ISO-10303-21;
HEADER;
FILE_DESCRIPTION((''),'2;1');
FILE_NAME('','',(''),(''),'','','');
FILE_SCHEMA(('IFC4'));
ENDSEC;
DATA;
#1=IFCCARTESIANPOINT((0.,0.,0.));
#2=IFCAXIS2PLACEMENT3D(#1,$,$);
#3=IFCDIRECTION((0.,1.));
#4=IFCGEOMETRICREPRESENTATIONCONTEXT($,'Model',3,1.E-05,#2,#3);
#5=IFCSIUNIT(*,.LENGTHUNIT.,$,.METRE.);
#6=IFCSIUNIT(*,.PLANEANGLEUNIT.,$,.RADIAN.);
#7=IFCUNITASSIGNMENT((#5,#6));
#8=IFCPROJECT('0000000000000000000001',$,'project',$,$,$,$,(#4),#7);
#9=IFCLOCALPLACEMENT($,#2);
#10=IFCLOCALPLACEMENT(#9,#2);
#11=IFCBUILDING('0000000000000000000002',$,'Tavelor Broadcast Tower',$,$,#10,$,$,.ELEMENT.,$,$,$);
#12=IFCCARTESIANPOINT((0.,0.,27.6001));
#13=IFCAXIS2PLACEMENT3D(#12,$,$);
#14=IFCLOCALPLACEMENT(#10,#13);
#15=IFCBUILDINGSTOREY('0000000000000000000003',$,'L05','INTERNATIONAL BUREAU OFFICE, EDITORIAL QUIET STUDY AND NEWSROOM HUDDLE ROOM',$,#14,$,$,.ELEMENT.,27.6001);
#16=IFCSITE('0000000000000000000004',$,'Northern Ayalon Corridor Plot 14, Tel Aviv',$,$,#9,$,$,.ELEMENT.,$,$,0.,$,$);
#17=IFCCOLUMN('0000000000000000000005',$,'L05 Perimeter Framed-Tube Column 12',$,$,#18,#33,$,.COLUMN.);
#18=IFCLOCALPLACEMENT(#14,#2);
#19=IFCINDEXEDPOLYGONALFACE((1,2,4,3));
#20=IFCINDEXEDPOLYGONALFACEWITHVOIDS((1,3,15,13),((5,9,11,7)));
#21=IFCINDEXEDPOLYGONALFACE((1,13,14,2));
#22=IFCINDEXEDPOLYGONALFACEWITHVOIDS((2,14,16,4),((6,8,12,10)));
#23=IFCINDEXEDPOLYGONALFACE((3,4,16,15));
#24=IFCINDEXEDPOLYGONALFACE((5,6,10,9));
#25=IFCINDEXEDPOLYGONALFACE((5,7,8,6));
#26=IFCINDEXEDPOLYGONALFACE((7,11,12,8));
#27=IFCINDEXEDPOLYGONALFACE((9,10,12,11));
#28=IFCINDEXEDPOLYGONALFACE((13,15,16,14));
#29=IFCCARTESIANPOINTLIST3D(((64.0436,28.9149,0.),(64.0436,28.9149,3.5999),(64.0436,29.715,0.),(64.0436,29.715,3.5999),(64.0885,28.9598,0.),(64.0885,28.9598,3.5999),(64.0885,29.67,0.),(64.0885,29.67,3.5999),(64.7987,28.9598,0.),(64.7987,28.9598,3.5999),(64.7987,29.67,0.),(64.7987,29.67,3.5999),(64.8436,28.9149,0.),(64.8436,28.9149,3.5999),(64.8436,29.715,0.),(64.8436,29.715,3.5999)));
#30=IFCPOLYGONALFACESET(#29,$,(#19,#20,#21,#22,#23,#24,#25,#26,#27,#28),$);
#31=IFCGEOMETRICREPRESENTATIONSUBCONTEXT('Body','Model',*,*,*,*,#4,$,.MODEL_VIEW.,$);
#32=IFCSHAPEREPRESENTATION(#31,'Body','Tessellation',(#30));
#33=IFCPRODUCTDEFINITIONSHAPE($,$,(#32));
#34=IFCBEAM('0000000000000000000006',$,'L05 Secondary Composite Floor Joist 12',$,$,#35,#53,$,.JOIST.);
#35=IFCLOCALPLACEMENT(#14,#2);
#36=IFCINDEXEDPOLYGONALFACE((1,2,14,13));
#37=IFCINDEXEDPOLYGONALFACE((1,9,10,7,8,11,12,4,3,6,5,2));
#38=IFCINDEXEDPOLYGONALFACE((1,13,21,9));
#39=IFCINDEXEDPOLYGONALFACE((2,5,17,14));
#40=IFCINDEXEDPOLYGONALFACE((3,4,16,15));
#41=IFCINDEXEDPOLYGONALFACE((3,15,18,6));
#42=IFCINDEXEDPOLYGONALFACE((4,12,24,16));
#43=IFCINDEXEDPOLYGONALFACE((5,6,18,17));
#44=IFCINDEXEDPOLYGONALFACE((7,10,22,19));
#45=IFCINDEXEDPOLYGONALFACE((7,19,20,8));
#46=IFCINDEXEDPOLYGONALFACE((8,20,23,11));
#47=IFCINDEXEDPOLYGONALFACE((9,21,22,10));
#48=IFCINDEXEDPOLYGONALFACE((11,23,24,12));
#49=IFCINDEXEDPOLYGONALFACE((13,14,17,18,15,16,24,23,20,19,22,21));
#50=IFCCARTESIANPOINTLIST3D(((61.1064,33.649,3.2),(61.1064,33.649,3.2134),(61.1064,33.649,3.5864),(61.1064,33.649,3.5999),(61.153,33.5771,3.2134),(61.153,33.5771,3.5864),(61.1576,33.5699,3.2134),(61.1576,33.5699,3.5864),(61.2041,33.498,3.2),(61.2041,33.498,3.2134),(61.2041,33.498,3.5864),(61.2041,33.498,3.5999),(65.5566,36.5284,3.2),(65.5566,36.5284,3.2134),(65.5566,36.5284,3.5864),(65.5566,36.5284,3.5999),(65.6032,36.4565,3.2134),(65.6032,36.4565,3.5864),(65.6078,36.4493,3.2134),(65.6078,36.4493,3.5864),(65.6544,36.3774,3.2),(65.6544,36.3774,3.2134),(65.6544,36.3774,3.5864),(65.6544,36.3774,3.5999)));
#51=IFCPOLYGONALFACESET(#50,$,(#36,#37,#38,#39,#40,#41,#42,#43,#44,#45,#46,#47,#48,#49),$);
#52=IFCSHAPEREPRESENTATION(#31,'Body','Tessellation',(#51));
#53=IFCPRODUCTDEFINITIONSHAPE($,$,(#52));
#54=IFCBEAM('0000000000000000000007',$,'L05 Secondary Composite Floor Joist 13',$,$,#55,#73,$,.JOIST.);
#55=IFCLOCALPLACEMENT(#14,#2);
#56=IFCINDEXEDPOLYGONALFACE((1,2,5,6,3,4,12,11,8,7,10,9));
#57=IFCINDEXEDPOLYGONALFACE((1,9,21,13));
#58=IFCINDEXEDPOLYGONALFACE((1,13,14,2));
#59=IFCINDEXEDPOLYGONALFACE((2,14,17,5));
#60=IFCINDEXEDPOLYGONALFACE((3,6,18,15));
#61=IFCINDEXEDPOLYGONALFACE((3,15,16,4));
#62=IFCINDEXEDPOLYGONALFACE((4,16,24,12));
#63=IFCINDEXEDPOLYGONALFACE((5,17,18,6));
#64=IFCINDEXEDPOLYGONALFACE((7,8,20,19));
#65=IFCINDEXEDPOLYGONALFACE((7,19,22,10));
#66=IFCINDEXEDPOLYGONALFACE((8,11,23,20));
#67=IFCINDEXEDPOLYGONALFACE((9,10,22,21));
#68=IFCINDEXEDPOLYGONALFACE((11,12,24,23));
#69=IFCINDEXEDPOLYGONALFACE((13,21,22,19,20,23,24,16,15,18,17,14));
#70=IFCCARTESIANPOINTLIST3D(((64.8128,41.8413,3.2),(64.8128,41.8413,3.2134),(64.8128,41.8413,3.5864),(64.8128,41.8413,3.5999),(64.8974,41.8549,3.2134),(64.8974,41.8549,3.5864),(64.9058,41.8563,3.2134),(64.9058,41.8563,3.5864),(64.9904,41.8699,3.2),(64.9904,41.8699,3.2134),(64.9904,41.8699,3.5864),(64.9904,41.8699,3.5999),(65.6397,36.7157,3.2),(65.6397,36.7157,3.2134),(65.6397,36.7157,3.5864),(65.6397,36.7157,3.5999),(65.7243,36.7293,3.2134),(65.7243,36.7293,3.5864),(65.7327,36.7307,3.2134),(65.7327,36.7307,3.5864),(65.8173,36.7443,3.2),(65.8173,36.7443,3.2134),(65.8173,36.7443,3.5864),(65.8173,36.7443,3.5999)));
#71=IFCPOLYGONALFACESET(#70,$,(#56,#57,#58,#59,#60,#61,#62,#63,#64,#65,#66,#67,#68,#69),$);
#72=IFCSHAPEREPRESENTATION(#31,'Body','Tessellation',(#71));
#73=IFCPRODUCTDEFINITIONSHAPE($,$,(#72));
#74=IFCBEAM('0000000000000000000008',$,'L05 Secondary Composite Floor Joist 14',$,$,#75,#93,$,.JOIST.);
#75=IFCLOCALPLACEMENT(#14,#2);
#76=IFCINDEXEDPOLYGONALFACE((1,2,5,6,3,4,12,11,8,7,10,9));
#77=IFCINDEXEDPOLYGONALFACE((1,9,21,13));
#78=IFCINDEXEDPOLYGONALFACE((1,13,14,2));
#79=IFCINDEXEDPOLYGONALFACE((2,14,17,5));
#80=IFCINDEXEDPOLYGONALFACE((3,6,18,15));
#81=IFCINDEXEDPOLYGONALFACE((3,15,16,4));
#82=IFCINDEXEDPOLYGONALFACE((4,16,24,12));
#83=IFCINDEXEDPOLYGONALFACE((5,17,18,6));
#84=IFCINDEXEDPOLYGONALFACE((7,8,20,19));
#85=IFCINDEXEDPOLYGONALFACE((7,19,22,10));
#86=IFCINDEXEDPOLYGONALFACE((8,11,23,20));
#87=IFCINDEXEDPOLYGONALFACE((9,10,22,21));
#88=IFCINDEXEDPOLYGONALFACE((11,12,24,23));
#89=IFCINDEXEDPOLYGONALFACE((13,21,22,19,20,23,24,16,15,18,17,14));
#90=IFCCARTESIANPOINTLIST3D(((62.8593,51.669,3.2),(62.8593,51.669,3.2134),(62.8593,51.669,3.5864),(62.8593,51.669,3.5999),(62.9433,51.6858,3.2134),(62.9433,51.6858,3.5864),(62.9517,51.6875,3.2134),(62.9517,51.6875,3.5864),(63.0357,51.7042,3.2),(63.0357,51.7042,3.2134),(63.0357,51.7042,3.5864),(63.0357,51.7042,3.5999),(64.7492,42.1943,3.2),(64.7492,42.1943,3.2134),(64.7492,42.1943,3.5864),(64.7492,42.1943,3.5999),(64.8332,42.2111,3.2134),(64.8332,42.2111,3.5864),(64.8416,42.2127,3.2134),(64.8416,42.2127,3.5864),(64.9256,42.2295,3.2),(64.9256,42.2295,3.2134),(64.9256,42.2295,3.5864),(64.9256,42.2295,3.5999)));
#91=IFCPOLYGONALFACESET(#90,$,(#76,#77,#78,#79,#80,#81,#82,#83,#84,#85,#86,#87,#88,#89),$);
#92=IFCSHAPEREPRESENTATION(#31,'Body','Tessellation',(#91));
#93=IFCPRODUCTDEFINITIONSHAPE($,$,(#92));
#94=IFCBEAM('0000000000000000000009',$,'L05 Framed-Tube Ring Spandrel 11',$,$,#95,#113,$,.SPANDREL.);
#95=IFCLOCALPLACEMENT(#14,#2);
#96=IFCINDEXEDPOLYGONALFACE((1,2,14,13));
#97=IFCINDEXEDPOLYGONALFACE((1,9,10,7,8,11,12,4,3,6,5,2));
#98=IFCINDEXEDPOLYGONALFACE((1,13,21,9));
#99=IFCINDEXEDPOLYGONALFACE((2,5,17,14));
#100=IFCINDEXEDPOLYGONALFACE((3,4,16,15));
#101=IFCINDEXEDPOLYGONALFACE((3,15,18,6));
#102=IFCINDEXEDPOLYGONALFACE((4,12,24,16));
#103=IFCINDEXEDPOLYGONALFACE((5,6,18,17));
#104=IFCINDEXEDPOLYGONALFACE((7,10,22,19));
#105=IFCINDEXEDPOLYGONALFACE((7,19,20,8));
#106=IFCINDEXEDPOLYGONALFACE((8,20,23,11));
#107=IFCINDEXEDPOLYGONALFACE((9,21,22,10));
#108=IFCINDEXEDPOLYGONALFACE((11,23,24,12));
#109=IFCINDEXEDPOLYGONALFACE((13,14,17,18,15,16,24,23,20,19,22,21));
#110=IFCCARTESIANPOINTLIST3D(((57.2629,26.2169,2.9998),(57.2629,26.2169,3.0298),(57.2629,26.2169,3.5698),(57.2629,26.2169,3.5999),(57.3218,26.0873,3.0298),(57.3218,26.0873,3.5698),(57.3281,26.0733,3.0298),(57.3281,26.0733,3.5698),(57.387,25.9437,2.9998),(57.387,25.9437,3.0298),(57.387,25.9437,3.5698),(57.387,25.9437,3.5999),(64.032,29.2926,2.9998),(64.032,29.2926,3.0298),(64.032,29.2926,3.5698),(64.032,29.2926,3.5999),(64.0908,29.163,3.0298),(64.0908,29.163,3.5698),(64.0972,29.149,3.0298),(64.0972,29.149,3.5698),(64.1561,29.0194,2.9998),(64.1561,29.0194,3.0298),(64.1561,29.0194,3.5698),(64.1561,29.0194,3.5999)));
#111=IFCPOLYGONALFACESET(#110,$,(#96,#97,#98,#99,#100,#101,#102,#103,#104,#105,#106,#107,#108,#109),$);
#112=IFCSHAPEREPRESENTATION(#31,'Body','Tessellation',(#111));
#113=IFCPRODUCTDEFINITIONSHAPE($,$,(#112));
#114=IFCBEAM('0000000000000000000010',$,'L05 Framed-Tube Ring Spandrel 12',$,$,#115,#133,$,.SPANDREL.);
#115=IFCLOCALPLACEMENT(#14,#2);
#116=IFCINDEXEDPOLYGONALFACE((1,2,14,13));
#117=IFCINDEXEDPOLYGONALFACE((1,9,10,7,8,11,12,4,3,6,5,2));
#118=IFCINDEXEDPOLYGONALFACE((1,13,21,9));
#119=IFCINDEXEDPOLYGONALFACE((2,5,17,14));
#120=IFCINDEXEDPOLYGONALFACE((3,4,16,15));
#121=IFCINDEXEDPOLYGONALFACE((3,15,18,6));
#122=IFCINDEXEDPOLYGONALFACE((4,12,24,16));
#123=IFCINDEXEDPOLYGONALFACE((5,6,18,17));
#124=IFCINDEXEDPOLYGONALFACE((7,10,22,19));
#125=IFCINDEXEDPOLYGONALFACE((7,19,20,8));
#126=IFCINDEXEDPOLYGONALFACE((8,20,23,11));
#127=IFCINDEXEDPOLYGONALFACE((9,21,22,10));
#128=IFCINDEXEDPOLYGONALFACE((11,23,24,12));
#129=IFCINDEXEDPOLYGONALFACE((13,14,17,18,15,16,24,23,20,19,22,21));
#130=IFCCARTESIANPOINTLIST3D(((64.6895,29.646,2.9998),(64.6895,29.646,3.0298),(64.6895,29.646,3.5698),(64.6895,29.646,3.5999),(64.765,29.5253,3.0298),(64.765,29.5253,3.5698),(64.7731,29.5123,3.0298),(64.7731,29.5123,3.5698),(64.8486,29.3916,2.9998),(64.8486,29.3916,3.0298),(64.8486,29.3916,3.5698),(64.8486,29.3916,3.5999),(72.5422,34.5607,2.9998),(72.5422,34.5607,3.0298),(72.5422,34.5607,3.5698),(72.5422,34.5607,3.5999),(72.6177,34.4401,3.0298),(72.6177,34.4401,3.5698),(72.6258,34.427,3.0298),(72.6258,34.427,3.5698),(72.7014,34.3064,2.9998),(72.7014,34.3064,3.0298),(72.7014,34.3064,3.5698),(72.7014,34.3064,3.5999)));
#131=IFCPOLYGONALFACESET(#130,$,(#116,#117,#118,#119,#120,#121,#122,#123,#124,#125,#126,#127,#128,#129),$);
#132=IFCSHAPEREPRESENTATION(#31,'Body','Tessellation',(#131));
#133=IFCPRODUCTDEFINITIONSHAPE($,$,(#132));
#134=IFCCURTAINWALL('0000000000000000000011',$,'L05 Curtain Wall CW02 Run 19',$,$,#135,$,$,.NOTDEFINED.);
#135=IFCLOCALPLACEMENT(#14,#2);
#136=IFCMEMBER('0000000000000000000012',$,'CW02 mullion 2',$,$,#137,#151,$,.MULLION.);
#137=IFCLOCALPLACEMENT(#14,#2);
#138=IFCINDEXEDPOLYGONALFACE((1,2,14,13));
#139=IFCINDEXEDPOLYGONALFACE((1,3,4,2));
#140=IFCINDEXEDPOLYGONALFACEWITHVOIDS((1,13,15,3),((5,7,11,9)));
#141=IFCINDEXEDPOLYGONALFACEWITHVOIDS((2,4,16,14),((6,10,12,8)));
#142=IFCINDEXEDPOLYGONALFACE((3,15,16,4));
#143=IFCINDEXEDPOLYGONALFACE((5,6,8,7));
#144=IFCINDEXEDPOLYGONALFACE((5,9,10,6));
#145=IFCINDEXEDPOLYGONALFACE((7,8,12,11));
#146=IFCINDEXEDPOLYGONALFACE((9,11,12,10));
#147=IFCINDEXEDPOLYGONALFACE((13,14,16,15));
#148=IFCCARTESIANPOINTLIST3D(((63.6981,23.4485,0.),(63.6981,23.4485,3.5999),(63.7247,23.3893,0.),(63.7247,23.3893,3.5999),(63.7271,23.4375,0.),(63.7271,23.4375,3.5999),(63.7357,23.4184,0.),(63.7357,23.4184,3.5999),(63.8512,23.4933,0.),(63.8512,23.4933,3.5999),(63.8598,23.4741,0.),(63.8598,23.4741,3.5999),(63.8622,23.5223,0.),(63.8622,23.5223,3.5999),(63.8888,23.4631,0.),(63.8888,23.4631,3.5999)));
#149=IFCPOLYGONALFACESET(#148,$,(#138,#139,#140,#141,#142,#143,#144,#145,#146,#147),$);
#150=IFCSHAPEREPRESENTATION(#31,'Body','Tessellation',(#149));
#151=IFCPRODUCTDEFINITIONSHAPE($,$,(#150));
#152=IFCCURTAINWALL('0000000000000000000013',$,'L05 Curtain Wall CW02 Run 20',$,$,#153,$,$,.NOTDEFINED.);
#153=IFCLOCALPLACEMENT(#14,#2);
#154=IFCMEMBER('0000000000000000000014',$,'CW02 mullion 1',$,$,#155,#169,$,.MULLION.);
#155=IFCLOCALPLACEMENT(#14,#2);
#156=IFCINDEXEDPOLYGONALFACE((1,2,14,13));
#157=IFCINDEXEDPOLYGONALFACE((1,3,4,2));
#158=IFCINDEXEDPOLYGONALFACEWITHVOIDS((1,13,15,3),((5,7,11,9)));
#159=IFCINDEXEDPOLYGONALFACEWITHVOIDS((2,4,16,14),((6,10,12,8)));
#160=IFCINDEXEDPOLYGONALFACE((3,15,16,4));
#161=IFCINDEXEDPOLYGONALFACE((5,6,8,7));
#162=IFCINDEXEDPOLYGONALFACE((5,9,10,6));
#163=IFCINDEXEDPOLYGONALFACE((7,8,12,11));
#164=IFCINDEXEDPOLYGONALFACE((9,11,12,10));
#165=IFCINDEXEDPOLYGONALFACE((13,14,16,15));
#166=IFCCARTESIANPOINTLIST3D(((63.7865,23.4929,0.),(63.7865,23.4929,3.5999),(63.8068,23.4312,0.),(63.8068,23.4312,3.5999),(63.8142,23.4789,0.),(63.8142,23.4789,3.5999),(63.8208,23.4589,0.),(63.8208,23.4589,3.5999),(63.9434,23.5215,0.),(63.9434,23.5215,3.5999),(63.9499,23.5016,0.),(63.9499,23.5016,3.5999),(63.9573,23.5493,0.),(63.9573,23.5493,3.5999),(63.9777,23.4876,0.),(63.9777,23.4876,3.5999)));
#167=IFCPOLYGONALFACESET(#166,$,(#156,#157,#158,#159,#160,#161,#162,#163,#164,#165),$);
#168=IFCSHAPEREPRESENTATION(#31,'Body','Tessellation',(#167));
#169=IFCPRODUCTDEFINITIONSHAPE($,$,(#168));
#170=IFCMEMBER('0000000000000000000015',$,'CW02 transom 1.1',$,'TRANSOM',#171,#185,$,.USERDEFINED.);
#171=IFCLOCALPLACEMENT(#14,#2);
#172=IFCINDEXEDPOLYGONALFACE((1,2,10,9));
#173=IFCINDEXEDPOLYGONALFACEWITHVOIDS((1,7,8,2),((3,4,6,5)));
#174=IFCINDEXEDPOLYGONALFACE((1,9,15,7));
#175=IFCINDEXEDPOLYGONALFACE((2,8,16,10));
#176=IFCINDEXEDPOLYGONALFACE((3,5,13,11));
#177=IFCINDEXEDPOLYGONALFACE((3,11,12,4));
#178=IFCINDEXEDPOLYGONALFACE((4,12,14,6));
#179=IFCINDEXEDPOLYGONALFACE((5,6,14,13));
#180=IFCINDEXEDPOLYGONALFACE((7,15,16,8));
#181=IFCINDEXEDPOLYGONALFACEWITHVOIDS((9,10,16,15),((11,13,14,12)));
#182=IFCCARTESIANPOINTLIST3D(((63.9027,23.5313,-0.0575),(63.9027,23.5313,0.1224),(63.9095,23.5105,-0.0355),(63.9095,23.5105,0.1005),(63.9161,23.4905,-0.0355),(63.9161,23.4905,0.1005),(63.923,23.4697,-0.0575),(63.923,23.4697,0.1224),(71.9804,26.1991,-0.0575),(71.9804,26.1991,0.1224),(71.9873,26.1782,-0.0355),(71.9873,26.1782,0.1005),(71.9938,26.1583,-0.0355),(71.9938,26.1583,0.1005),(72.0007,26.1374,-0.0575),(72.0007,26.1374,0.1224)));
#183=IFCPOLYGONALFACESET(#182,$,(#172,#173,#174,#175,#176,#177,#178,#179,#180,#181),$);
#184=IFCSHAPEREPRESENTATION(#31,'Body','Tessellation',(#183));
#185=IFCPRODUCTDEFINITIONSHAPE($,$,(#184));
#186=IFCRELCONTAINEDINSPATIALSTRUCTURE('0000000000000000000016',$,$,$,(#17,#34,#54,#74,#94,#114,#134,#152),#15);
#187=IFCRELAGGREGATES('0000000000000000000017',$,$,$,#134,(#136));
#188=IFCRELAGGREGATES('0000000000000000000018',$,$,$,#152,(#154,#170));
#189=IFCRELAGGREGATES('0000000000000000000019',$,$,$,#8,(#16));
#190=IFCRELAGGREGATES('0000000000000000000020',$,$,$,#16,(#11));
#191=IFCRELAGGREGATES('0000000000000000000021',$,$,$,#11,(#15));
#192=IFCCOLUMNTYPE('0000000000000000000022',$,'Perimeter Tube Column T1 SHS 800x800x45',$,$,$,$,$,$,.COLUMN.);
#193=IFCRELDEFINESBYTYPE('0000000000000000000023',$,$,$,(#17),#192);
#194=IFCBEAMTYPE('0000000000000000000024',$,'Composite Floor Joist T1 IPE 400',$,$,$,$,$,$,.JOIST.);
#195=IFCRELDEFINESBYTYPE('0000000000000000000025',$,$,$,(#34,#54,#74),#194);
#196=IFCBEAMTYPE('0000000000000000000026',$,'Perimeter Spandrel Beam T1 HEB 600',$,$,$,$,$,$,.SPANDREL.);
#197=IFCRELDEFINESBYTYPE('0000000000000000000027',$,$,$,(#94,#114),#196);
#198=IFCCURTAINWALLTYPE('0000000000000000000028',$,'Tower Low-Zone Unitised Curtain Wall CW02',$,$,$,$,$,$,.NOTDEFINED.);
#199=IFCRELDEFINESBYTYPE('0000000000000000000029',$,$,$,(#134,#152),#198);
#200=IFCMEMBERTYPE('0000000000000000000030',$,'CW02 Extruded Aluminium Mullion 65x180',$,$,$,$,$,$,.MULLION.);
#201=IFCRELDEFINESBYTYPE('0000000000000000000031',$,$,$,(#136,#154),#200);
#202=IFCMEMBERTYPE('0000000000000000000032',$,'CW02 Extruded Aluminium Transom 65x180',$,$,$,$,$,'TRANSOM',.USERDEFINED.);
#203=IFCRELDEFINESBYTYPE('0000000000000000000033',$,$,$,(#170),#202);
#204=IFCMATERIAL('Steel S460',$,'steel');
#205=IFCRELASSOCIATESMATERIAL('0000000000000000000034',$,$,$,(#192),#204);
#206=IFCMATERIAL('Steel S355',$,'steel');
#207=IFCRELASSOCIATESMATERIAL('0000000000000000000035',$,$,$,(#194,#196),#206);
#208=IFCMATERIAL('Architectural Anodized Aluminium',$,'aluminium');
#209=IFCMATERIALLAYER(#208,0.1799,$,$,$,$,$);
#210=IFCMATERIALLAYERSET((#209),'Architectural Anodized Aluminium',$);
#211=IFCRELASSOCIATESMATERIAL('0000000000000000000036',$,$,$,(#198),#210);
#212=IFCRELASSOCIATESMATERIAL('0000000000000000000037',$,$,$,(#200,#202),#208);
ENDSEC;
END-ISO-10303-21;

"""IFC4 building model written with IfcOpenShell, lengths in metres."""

from ifc_helpers import new_model, si_unit, direction, frame, origin, origin_2d, place, context, subcontext, project, spatial, hollow_rectangle, i_section, extrude, source, transform, mapped, material, layer, layer_set, material_profile, profile_set, type_object, type_shapes, element, aggregate, save


model = new_model("IFC4")

# Units and contexts
model_context = context("Model", 3, precision=1e-05, world=origin(), true_north=direction((0.0, 1.0)))
body_context = subcontext(model_context, "Body", "Model", "MODEL_VIEW")
ifc_project = project(units=[si_unit("LENGTHUNIT", "METRE"), si_unit("PLANEANGLEUNIT", "RADIAN")], contexts=[model_context])

# Site, building, storey
site_placement = place(None, origin())
site = spatial("IfcSite", under=ifc_project, at=site_placement, Name="Northern Ayalon Corridor Plot 14, Tel Aviv", CompositionType="ELEMENT", RefElevation=0.0)
building_placement = place(site_placement, origin())
building = spatial("IfcBuilding", under=site, at=building_placement, Name="Tavelor Broadcast Tower", CompositionType="ELEMENT")
storey_placement = place(building_placement, frame((0.0, 0.0, 27.6001)))
storey = spatial("IfcBuildingStorey", under=building, at=storey_placement, Name="L05", Description="INTERNATIONAL BUREAU OFFICE, EDITORIAL QUIET STUDY AND NEWSROOM HUDDLE ROOM", CompositionType="ELEMENT", Elevation=27.6001)

# Column
ifc_material_1 = material(Name="Steel S460", Category="steel")
ifc_material_profile_1 = material_profile(ifc_material_1, hollow_rectangle(XDim=0.8, YDim=0.8, WallThickness=0.0449, at=origin_2d()), Name="SHS 800x800x45")
ifc_profile_set_1 = profile_set([ifc_material_profile_1], Name="Steel S460")
column_type = type_object("IfcColumnType", Name="Perimeter Tube Column T1 SHS 800x800x45", PredefinedType="COLUMN", material=ifc_profile_set_1)
column_placement = place(storey_placement, frame((64.4436, 29.3149, 0.0), z_axis=(0.0, 0.0, 1.0), x_axis=(1.0, 0.0, 0.0)))
element("IfcColumn", 1, at=column_placement, inside=storey, type_object=column_type, Name="L05 Perimeter Framed-Tube Column 12", PredefinedType="COLUMN", context=body_context, shape_type="SweptSolid", body=[
    extrude(hollow_rectangle(XDim=0.8, YDim=0.8, WallThickness=0.0449, at=origin_2d()), origin(), (0.0, 0.0, 1.0), 3.5999),
])

# Beams
ifc_material_2 = material(Name="Steel S355", Category="steel")
ifc_material_profile_2 = material_profile(ifc_material_2, i_section(OverallWidth=0.1799, OverallDepth=0.3999, WebThickness=0.0085, FlangeThickness=0.0134, at=origin_2d()), Name="IPE 400")
ifc_profile_set_2 = profile_set([ifc_material_profile_2], Name="Steel S355")
beam_type_1 = type_object("IfcBeamType", Name="Composite Floor Joist T1 IPE 400", PredefinedType="JOIST", material=ifc_profile_set_2)
beam_1_placement = place(storey_placement, frame((61.1553, 33.5735, 3.3999), z_axis=(0.839583, 0.543232, 0.0), x_axis=(-0.543232, 0.839583, 0.0)))
element("IfcBeam", 2, at=beam_1_placement, inside=storey, type_object=beam_type_1, Name="L05 Secondary Composite Floor Joist 12", PredefinedType="JOIST", context=body_context, shape_type="SweptSolid", body=[
    extrude(i_section(OverallWidth=0.1799, OverallDepth=0.3999, WebThickness=0.0085, FlangeThickness=0.0134, at=origin_2d()), origin(), (0.0, 0.0, 1.0), 5.3005),
])
beam_2_placement = place(storey_placement, frame((65.7285, 36.73, 3.3999), z_axis=(-0.159265, 0.987236, 0.0), x_axis=(-0.987236, -0.159265, 0.0)))
element("IfcBeam", 3, at=beam_2_placement, inside=storey, type_object=beam_type_1, Name="L05 Secondary Composite Floor Joist 13", PredefinedType="JOIST", context=body_context, shape_type="SweptSolid", body=[
    extrude(i_section(OverallWidth=0.1799, OverallDepth=0.3999, WebThickness=0.0085, FlangeThickness=0.0134, at=origin_2d()), origin(), (0.0, 0.0, 1.0), 5.1919),
])
beam_3_placement = place(storey_placement, frame((64.8374, 42.2119, 3.3999), z_axis=(-0.195616, 0.980681, 0.0), x_axis=(-0.980681, -0.195616, 0.0)))
element("IfcBeam", 4, at=beam_3_placement, inside=storey, type_object=beam_type_1, Name="L05 Secondary Composite Floor Joist 14", PredefinedType="JOIST", context=body_context, shape_type="SweptSolid", body=[
    extrude(i_section(OverallWidth=0.1799, OverallDepth=0.3999, WebThickness=0.0085, FlangeThickness=0.0134, at=origin_2d()), origin(), (0.0, 0.0, 1.0), 9.6614),
])
ifc_material_profile_3 = material_profile(ifc_material_2, i_section(OverallWidth=0.3, OverallDepth=0.6001, WebThickness=0.0154, FlangeThickness=0.03, at=origin_2d()), Name="HEB 600")
ifc_profile_set_3 = profile_set([ifc_material_profile_3], Name="Steel S355")
beam_type_2 = type_object("IfcBeamType", Name="Perimeter Spandrel Beam T1 HEB 600", PredefinedType="SPANDREL", material=ifc_profile_set_3)
beam_4_placement = place(storey_placement, frame((57.325, 26.0803, 3.2998), z_axis=(0.910425, 0.413674, 0.0), x_axis=(-0.413674, 0.910425, 0.0)))
element("IfcBeam", 5, at=beam_4_placement, inside=storey, type_object=beam_type_2, Name="L05 Framed-Tube Ring Spandrel 11", PredefinedType="SPANDREL", context=body_context, shape_type="SweptSolid", body=[
    extrude(i_section(OverallWidth=0.3, OverallDepth=0.6001, WebThickness=0.0154, FlangeThickness=0.03, at=origin_2d()), origin(), (0.0, 0.0, 1.0), 7.4351),
])
beam_5_placement = place(storey_placement, frame((64.769, 29.5188, 3.2998), z_axis=(0.847668, 0.530527, 0.0), x_axis=(-0.530527, 0.847668, 0.0)))
element("IfcBeam", 6, at=beam_5_placement, inside=storey, type_object=beam_type_2, Name="L05 Framed-Tube Ring Spandrel 12", PredefinedType="SPANDREL", context=body_context, shape_type="SweptSolid", body=[
    extrude(i_section(OverallWidth=0.3, OverallDepth=0.6001, WebThickness=0.0154, FlangeThickness=0.03, at=origin_2d()), origin(), (0.0, 0.0, 1.0), 9.2639),
])

# Curtain wall, member
ifc_material_3 = material(Name="Architectural Anodized Aluminium", Category="aluminium")
ifc_layer_1 = layer(ifc_material_3, 0.1799)
ifc_layer_set_1 = layer_set([ifc_layer_1], Name="Architectural Anodized Aluminium")
curtain_wall_type = type_object("IfcCurtainWallType", Name="Tower Low-Zone Unitised Curtain Wall CW02", PredefinedType="NOTDEFINED", material=ifc_layer_set_1)
curtain_wall_1_placement = place(storey_placement, origin())
curtain_wall_1 = element("IfcCurtainWall", 7, at=curtain_wall_1_placement, inside=storey, type_object=curtain_wall_type, Name="L05 Curtain Wall CW02 Run 19", PredefinedType="NOTDEFINED")
ifc_material_profile_4 = material_profile(ifc_material_3, hollow_rectangle(XDim=0.0649, YDim=0.1799, WallThickness=0.022, at=origin_2d()), Name="RHS 65x180x22")
ifc_profile_set_4 = profile_set([ifc_material_profile_4], Name="Architectural Anodized Aluminium")
member_type_1 = type_object("IfcMemberType", Name="CW02 Extruded Aluminium Mullion 65x180", PredefinedType="MULLION", material=ifc_profile_set_4)
shared_shape_1 = source(origin(), body_context, "Body", "SweptSolid", [
    extrude(hollow_rectangle(XDim=0.0649, YDim=0.1799, WallThickness=0.022, at=origin_2d()), origin(), (0.0, 0.0, 1.0), 3.5999),
])
type_shapes(member_type_1, [shared_shape_1])
member_1_placement = place(storey_placement, frame((63.7935, 23.4558, 0.0), z_axis=(0.0, 0.0, 1.0), x_axis=(-0.410015, 0.912079, 0.0)))
member_1 = element("IfcMember", 8, at=member_1_placement, type_object=member_type_1, Name="CW02 mullion 2", PredefinedType="MULLION", context=body_context, shape_type="MappedRepresentation", body=[
    mapped(shared_shape_1, transform((0.0, 0.0, 0.0), scale=1.0)),
])

# Curtain wall, members
curtain_wall_2_placement = place(storey_placement, origin())
curtain_wall_2 = element("IfcCurtainWall", 9, at=curtain_wall_2_placement, inside=storey, type_object=curtain_wall_type, Name="L05 Curtain Wall CW02 Run 20", PredefinedType="NOTDEFINED")
member_2_placement = place(storey_placement, frame((63.8821, 23.4902, 0.0), z_axis=(0.0, 0.0, 1.0), x_axis=(-0.313601, 0.949555, 0.0)))
member_2 = element("IfcMember", 10, at=member_2_placement, type_object=member_type_1, Name="CW02 mullion 1", PredefinedType="MULLION", context=body_context, shape_type="MappedRepresentation", body=[
    mapped(shared_shape_1, transform((0.0, 0.0, 0.0), scale=1.0)),
])
ifc_material_profile_5 = material_profile(ifc_material_3, hollow_rectangle(XDim=0.0649, YDim=0.1799, WallThickness=0.022, at=origin_2d()), Name="RHS 65x180x22")
ifc_profile_set_5 = profile_set([ifc_material_profile_5], Name="Architectural Anodized Aluminium")
member_type_2 = type_object("IfcMemberType", Name="CW02 Extruded Aluminium Transom 65x180", ElementType="TRANSOM", PredefinedType="USERDEFINED", material=ifc_profile_set_5)
shared_shape_2 = source(origin(), body_context, "Body", "SweptSolid", [
    extrude(hollow_rectangle(XDim=0.0649, YDim=0.1799, WallThickness=0.022, at=origin_2d()), origin(), (0.0, 0.0, 1.0), 8.5068),
])
type_shapes(member_type_2, [shared_shape_2])
member_3_placement = place(storey_placement, frame((63.9128, 23.5005, 0.0325), z_axis=(0.949555, 0.313601, 0.0), x_axis=(-0.313601, 0.949555, 0.0)))
member_3 = element("IfcMember", 11, at=member_3_placement, type_object=member_type_2, Name="CW02 transom 1.1", ObjectType="TRANSOM", PredefinedType="USERDEFINED", context=body_context, shape_type="MappedRepresentation", body=[
    mapped(shared_shape_2, transform((0.0, 0.0, 0.0), scale=1.0)),
])

aggregate(curtain_wall_1, [member_1])
aggregate(curtain_wall_2, [member_2, member_3])

save(model, "model.ifc")
